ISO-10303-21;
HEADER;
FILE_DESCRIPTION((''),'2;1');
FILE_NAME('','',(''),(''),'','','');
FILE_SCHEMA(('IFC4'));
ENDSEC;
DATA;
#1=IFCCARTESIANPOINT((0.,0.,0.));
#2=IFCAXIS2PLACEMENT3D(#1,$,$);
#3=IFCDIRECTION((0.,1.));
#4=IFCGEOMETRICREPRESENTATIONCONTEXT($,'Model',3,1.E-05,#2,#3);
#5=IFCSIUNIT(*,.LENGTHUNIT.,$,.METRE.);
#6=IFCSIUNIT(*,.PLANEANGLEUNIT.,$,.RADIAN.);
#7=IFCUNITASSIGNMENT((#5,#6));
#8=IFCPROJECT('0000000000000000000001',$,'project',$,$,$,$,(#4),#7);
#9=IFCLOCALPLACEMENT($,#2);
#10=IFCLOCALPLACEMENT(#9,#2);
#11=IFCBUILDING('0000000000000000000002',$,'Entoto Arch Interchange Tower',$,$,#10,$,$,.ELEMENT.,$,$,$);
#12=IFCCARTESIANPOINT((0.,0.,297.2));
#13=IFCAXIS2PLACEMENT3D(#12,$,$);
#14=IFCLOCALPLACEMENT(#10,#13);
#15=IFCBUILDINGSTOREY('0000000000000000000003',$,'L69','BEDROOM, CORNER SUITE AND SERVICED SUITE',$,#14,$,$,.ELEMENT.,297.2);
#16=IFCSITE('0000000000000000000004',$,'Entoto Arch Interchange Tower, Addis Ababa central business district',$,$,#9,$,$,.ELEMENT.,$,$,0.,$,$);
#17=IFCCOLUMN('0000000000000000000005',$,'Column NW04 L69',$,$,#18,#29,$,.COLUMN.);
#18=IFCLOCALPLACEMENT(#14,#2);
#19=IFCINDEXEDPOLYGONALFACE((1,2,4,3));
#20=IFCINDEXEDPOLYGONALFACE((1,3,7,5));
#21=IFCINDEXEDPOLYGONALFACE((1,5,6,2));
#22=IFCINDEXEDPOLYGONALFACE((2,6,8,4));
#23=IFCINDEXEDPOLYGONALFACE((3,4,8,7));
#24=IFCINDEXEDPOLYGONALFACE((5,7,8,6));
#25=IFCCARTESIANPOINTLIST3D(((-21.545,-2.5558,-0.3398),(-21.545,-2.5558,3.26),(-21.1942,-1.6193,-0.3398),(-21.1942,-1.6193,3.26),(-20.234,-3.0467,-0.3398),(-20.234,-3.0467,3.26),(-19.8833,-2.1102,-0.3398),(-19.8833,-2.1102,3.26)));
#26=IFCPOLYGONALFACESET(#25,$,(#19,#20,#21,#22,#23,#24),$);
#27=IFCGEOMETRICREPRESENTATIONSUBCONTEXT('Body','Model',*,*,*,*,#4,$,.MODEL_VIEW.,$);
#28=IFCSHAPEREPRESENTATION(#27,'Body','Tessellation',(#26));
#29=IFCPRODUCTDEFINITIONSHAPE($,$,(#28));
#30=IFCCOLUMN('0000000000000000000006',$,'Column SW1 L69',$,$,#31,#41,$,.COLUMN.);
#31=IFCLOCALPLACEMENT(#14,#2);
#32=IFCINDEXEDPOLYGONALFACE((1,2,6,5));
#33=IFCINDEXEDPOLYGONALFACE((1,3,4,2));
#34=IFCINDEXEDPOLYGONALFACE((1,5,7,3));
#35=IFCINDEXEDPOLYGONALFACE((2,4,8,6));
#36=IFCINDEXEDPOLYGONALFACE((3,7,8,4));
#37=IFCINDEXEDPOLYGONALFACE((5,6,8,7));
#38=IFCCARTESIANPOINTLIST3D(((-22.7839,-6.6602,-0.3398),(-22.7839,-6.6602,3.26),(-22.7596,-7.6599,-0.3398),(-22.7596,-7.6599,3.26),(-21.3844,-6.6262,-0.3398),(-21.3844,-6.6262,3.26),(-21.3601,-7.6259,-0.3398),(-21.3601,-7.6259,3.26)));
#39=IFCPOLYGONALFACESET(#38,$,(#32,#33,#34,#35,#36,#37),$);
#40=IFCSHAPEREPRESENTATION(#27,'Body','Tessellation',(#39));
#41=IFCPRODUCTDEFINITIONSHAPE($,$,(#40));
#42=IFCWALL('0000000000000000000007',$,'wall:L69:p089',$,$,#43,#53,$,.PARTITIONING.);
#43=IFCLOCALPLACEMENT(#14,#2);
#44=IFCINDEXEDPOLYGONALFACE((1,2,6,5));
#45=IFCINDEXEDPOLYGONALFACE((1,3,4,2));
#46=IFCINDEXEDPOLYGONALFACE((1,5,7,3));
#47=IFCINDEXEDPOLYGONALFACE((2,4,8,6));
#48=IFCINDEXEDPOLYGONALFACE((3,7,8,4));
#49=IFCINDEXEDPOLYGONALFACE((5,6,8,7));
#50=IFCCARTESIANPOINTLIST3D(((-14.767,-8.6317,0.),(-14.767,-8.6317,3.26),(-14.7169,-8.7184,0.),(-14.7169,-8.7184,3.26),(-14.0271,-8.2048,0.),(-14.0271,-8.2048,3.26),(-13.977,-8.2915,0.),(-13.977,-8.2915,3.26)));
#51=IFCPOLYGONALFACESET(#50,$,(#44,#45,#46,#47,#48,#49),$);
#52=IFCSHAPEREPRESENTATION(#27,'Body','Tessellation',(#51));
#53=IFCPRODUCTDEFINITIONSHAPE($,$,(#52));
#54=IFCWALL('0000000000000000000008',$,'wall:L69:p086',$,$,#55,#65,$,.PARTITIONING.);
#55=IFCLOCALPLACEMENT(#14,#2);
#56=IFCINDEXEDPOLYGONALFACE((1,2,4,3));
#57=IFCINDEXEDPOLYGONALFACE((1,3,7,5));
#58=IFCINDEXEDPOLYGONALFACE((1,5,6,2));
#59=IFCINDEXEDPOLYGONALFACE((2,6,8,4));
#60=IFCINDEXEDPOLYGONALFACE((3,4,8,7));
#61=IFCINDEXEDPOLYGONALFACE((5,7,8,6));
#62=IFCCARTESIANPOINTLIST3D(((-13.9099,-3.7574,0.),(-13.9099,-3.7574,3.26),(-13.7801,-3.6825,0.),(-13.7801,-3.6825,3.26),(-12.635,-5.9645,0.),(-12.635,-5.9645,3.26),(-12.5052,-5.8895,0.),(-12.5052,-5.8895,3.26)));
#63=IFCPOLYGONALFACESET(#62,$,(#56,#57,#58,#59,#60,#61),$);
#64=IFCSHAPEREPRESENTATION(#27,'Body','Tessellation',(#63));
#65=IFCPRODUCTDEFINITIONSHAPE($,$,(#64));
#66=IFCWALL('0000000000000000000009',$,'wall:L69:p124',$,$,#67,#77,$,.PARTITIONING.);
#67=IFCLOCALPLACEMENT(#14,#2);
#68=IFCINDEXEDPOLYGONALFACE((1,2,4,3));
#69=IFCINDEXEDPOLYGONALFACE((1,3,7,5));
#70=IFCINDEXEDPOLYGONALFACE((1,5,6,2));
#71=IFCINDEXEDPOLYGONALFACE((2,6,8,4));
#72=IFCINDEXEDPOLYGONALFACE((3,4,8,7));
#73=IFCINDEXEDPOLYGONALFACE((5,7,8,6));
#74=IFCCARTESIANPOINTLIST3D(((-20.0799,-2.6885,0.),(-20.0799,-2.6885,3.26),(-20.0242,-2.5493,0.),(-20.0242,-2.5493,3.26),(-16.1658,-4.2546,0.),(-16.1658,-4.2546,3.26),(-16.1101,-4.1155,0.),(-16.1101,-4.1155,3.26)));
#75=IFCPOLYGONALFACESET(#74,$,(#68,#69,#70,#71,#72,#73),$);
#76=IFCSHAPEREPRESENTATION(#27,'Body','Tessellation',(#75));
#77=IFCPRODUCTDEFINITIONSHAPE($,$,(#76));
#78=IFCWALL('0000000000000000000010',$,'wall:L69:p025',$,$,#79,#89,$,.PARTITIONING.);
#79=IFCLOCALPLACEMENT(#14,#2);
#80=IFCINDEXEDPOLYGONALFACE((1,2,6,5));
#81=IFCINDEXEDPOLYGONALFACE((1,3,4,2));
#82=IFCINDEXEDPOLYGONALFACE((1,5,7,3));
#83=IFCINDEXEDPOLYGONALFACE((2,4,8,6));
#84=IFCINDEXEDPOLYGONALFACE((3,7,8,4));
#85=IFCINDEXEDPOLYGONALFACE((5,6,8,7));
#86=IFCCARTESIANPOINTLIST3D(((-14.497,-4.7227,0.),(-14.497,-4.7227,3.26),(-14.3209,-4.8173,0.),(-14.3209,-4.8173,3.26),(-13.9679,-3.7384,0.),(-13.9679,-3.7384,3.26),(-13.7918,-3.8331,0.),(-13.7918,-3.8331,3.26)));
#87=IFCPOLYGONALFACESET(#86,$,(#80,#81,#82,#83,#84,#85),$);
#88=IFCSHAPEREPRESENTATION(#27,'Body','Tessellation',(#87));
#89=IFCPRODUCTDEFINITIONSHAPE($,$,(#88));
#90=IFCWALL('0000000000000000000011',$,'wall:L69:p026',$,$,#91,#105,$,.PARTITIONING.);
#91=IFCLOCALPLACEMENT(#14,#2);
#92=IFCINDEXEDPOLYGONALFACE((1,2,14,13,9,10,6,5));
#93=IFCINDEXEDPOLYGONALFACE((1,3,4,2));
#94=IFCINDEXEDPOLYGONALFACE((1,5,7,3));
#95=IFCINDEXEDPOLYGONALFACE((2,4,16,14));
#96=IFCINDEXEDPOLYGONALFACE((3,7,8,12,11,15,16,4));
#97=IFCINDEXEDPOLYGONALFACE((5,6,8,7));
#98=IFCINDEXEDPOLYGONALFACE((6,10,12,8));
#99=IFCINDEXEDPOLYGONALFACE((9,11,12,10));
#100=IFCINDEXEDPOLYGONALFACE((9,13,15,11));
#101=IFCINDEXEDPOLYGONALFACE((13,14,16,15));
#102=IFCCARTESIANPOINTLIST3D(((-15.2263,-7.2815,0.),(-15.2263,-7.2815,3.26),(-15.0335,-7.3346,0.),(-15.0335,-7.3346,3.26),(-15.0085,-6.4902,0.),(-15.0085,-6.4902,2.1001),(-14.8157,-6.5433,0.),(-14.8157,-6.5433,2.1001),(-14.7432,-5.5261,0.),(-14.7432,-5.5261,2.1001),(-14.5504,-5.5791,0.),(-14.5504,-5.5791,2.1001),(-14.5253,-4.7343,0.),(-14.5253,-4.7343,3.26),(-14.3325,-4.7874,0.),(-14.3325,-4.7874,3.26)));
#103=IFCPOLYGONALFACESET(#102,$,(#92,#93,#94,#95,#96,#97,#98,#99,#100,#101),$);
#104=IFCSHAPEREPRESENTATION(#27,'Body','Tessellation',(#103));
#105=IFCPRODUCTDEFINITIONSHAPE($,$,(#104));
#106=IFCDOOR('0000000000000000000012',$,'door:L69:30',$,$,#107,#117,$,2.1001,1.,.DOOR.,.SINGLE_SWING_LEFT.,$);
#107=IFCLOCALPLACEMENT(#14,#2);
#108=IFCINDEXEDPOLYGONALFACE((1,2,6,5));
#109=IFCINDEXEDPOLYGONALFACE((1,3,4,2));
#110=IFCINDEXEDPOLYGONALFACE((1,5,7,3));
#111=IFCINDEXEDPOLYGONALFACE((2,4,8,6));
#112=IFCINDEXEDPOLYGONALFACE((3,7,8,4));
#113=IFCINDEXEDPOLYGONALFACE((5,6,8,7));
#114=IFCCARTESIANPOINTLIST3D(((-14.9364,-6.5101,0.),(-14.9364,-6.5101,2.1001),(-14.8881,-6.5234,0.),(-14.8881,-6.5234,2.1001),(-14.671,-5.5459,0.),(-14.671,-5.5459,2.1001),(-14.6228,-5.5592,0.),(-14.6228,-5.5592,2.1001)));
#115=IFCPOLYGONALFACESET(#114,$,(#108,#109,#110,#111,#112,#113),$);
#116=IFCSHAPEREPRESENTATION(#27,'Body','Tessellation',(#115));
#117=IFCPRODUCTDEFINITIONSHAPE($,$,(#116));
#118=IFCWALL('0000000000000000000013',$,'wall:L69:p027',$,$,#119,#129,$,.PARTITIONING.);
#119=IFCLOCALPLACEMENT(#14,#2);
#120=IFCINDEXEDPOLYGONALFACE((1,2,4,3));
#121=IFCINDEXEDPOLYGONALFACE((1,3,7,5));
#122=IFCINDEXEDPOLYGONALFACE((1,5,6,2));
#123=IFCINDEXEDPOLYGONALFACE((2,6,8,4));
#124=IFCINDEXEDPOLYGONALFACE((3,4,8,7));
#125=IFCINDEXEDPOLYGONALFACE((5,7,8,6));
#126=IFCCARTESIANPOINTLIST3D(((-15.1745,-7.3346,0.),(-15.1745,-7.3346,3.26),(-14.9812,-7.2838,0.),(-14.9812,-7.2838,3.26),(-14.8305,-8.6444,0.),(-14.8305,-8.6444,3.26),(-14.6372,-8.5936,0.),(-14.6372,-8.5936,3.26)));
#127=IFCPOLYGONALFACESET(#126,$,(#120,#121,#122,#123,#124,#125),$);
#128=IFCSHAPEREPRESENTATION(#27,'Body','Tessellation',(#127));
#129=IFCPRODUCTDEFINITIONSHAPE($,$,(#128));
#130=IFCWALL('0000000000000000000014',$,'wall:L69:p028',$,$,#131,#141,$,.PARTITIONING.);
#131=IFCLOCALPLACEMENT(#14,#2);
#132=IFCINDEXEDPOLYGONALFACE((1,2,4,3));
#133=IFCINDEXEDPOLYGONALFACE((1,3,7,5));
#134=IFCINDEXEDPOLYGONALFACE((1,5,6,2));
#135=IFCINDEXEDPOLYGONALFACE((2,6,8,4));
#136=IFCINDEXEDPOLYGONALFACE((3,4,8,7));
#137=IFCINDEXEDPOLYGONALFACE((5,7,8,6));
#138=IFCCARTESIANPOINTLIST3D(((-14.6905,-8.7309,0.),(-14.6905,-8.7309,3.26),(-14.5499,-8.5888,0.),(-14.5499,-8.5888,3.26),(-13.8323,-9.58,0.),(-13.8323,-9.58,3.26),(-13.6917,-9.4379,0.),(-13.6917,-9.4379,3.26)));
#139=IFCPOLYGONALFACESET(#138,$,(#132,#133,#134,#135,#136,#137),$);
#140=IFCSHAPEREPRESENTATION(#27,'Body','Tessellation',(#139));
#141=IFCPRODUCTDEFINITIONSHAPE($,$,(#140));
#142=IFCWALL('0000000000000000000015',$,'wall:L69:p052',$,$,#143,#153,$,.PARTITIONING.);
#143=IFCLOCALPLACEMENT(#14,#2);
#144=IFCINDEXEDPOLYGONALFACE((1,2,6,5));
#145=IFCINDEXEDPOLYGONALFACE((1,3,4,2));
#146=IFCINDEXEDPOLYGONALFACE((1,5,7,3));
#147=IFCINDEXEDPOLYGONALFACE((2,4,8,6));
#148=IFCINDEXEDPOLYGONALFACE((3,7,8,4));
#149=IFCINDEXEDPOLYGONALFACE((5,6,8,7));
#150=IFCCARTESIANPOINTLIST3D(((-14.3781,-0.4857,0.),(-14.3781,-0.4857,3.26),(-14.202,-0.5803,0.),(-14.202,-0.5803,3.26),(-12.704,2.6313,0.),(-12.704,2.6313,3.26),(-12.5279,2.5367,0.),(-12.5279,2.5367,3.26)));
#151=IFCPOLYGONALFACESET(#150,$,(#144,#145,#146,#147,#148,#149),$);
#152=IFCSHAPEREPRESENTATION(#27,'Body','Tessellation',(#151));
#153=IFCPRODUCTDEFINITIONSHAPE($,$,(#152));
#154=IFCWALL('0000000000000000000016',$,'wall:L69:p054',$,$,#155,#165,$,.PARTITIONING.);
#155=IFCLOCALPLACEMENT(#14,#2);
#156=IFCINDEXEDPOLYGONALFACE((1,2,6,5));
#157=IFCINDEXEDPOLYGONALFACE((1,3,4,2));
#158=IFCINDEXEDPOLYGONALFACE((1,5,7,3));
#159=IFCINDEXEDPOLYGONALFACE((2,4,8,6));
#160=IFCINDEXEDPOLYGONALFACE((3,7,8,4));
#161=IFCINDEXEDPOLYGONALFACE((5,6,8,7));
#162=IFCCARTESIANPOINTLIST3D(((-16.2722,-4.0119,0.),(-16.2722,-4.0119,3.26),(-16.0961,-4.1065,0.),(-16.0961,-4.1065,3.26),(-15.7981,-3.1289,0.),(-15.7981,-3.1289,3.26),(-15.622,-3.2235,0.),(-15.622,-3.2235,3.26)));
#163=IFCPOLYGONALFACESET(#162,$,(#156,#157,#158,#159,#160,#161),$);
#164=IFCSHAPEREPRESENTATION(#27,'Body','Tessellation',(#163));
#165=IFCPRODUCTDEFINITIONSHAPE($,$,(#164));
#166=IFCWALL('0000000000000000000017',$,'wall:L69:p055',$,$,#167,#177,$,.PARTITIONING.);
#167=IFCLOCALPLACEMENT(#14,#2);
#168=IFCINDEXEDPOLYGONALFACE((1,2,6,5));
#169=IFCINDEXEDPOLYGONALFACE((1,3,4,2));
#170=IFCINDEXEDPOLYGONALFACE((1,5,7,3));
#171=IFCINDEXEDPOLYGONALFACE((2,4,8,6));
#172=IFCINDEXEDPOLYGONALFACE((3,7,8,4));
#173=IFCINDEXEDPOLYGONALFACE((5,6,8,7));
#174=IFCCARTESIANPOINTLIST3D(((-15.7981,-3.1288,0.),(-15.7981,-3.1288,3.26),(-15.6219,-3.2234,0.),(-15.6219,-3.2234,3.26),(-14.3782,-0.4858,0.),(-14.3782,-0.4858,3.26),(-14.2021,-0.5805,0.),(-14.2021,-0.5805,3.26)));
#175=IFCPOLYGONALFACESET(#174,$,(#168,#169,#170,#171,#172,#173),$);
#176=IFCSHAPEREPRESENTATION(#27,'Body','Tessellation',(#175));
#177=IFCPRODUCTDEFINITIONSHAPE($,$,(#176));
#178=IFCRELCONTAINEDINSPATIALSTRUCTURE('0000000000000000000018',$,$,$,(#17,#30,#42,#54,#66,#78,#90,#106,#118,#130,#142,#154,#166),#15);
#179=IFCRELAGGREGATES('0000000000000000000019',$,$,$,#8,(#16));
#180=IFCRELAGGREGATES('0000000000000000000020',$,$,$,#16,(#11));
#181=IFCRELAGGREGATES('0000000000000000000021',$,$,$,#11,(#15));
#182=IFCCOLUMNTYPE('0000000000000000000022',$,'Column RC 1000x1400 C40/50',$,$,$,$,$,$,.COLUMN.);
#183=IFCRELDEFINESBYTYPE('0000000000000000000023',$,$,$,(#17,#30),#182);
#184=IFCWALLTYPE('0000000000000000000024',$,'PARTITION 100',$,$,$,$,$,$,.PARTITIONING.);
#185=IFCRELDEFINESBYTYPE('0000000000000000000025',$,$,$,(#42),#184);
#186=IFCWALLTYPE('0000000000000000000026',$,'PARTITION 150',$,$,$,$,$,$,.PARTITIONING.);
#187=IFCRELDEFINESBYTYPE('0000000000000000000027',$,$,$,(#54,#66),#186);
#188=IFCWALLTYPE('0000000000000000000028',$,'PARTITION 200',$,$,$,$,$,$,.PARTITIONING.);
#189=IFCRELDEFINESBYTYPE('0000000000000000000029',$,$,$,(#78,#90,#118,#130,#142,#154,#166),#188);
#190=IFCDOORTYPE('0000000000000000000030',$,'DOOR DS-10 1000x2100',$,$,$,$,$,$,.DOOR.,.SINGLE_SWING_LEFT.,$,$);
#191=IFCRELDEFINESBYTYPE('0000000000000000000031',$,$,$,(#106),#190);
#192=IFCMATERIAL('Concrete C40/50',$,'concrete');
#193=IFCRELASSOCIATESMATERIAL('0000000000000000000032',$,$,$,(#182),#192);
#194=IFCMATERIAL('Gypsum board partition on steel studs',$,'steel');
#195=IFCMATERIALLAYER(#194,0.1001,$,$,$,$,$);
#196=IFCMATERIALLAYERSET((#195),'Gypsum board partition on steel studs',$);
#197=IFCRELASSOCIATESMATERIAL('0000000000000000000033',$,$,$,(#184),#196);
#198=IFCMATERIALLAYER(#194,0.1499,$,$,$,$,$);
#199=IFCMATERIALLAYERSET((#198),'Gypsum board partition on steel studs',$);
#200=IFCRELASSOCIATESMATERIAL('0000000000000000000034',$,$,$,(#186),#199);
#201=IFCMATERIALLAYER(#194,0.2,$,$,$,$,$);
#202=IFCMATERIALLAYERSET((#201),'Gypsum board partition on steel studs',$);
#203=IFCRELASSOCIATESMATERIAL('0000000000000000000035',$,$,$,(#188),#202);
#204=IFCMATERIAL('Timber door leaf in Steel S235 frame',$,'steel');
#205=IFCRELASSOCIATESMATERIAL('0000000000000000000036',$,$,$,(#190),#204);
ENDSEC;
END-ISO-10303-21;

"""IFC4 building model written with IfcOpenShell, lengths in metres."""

from ifc_helpers import new_model, si_unit, direction, frame, frame_2d, origin, origin_2d, place, context, subcontext, project, spatial, rectangle, extrude, material, layer, layer_set, material_profile, profile_set, type_object, element, fill, save


model = new_model("IFC4")

# Units and contexts
model_context = context("Model", 3, precision=1e-05, world=origin(), true_north=direction((0.0, 1.0)))
body_context = subcontext(model_context, "Body", "Model", "MODEL_VIEW")
ifc_project = project(units=[si_unit("LENGTHUNIT", "METRE"), si_unit("PLANEANGLEUNIT", "RADIAN")], contexts=[model_context])

# Site, building, storey
site_placement = place(None, origin())
site = spatial("IfcSite", under=ifc_project, at=site_placement, Name="Entoto Arch Interchange Tower, Addis Ababa central business district", CompositionType="ELEMENT", RefElevation=0.0)
building_placement = place(site_placement, origin())
building = spatial("IfcBuilding", under=site, at=building_placement, Name="Entoto Arch Interchange Tower", CompositionType="ELEMENT")
storey_placement = place(building_placement, frame((0.0, 0.0, 297.2)))
storey = spatial("IfcBuildingStorey", under=building, at=storey_placement, Name="L69", Description="BEDROOM, CORNER SUITE AND SERVICED SUITE", CompositionType="ELEMENT", Elevation=297.2)

# Columns
ifc_material_1 = material(Name="Concrete C40/50", Category="concrete")
ifc_material_profile = material_profile(ifc_material_1, rectangle(XDim=1.0, YDim=1.3999, at=origin_2d()))
ifc_profile_set = profile_set([ifc_material_profile], Name="Concrete C40/50")
column_type = type_object("IfcColumnType", Name="Column RC 1000x1400 C40/50", PredefinedType="COLUMN", material=ifc_profile_set)
for number, where, z_axis, x_axis, name in (
    (1, (-20.7141, -2.333, -0.3398), (0.0, 0.0, 1.0), (0.350714, 0.936483, 0.0), "Column NW04 L69"),
    (2, (-22.072, -7.1431, -0.3398), (0.0, 0.0, 1.0), (-0.024258, 0.999706, 0.0), "Column SW1 L69"),
):
    element("IfcColumn", number, at=place(storey_placement, frame(where, z_axis=z_axis, x_axis=x_axis)), inside=storey, type_object=column_type, Name=name, PredefinedType="COLUMN", context=body_context, shape_type="SweptSolid", body=[
        extrude(rectangle(XDim=1.0, YDim=1.3999, at=origin_2d()), origin(), (0.0, 0.0, 1.0), 3.5999),
    ])

# Walls
ifc_material_2 = material(Name="Gypsum board partition on steel studs", Category="steel")
ifc_layer_1 = layer(ifc_material_2, 0.1001)
ifc_layer_set_1 = layer_set([ifc_layer_1], Name="Gypsum board partition on steel studs")
wall_type_1 = type_object("IfcWallType", Name="PARTITION 100", PredefinedType="PARTITIONING", material=ifc_layer_set_1)
wall_1_placement = place(storey_placement, frame((-14.002, -8.248, 0.0), z_axis=(0.0, 0.0, 1.0), x_axis=(-0.866143, -0.499797, 0.0)))
element("IfcWall", 3, at=wall_1_placement, inside=storey, type_object=wall_type_1, Name="wall:L69:p089", PredefinedType="PARTITIONING", context=body_context, shape_type="SweptSolid", body=[
    extrude(rectangle(XDim=0.8542, YDim=0.1001, at=frame_2d((0.4272, 0.0))), origin(), (0.0, 0.0, 1.0), 3.26),
])
ifc_layer_2 = layer(ifc_material_2, 0.1499)
ifc_layer_set_2 = layer_set([ifc_layer_2], Name="Gypsum board partition on steel studs")
wall_type_2 = type_object("IfcWallType", Name="PARTITION 150", PredefinedType="PARTITIONING", material=ifc_layer_set_2)
wall_2_placement = place(storey_placement, frame((-12.5701, -5.927, 0.0), z_axis=(0.0, 0.0, 1.0), x_axis=(-0.500198, 0.865911, 0.0)))
element("IfcWall", 4, at=wall_2_placement, inside=storey, type_object=wall_type_2, Name="wall:L69:p086", PredefinedType="PARTITIONING", context=body_context, shape_type="SweptSolid", body=[
    extrude(rectangle(XDim=2.5488, YDim=0.1499, at=frame_2d((1.2744, 0.0))), origin(), (0.0, 0.0, 1.0), 3.26),
])
wall_3_placement = place(storey_placement, frame((-16.1379, -4.1851, 0.0), z_axis=(0.0, 0.0, 1.0), x_axis=(-0.928433, 0.371501, 0.0)))
element("IfcWall", 5, at=wall_3_placement, inside=storey, type_object=wall_type_2, Name="wall:L69:p124", PredefinedType="PARTITIONING", context=body_context, shape_type="SweptSolid", body=[
    extrude(rectangle(XDim=4.2158, YDim=0.1499, at=frame_2d((2.1079, 0.0))), origin(), (0.0, 0.0, 1.0), 3.26),
])
ifc_layer_3 = layer(ifc_material_2, 0.2)
ifc_layer_set_3 = layer_set([ifc_layer_3], Name="Gypsum board partition on steel studs")
wall_type_3 = type_object("IfcWallType", Name="PARTITION 200", PredefinedType="PARTITIONING", material=ifc_layer_set_3)
wall_4_placement = place(storey_placement, frame((-13.8799, -3.7859, 0.0), z_axis=(0.0, 0.0, 1.0), x_axis=(-0.4735, -0.880794, 0.0)))
element("IfcWall", 6, at=wall_4_placement, inside=storey, type_object=wall_type_3, Name="wall:L69:p025", PredefinedType="PARTITIONING", context=body_context, shape_type="SweptSolid", body=[
    extrude(rectangle(XDim=1.1174, YDim=0.2, at=frame_2d((0.5586, 0.0))), origin(), (0.0, 0.0, 1.0), 3.26),
])

# Wall, opening, door
wall_5_placement = place(storey_placement, frame((-14.429, -4.761, 0.0), z_axis=(0.0, 0.0, 1.0), x_axis=(-0.265322, -0.96416, 0.0)))
wall_5 = element("IfcWall", 7, at=wall_5_placement, inside=storey, type_object=wall_type_3, Name="wall:L69:p026", PredefinedType="PARTITIONING", context=body_context, shape_type="SweptSolid", body=[
    extrude(rectangle(XDim=2.6418, YDim=0.2, at=frame_2d((1.3208, 0.0))), origin(), (0.0, 0.0, 1.0), 3.26),
])
opening_1_placement = place(wall_5_placement, frame((0.821, 0.0, 0.0)))
opening_1 = element("IfcOpeningElement", 8, at=opening_1_placement, cuts=wall_5, PredefinedType="OPENING", context=body_context, shape_type="SweptSolid", body=[
    extrude(rectangle(XDim=1.0, YDim=2.1001, at=frame_2d((0.5, 1.05))), frame((0.0, 0.1099, 0.0), z_axis=(0.0, -1.0, 0.0), x_axis=(1.0, 0.0, 0.0)), (0.0, 0.0, 1.0), 0.22),
])
ifc_material_3 = material(Name="Timber door leaf in Steel S235 frame", Category="steel")
door_type_1 = type_object("IfcDoorType", Name="DOOR DS-10 1000x2100", OperationType="SINGLE_SWING_LEFT", PredefinedType="DOOR", material=ifc_material_3)
door_1_placement = place(opening_1_placement, origin())
door_1 = element("IfcDoor", 9, at=door_1_placement, inside=storey, type_object=door_type_1, Name="door:L69:30", OperationType="SINGLE_SWING_LEFT", OverallHeight=2.1001, OverallWidth=1.0, PredefinedType="DOOR", context=body_context, shape_type="SweptSolid", body=[
    extrude(rectangle(XDim=1.0, YDim=2.1001, at=frame_2d((0.5, 1.05))), frame((0.0, 0.0249, 0.0), z_axis=(0.0, -1.0, 0.0), x_axis=(1.0, 0.0, 0.0)), (0.0, 0.0, 1.0), 0.05),
])
fill(opening_1, door_1)

# Walls
wall_6_placement = place(storey_placement, frame((-15.0779, -7.3091, 0.0), z_axis=(0.0, 0.0, 1.0), x_axis=(0.254014, -0.967201, 0.0)))
element("IfcWall", 10, at=wall_6_placement, inside=storey, type_object=wall_type_3, Name="wall:L69:p027", PredefinedType="PARTITIONING", context=body_context, shape_type="SweptSolid", body=[
    extrude(rectangle(XDim=1.3542, YDim=0.2, at=frame_2d((0.6772, 0.0))), origin(), (0.0, 0.0, 1.0), 3.26),
])
wall_7_placement = place(storey_placement, frame((-14.6201, -8.6599, 0.0), z_axis=(0.0, 0.0, 1.0), x_axis=(0.710838, -0.703356, 0.0)))
element("IfcWall", 11, at=wall_7_placement, inside=storey, type_object=wall_type_3, Name="wall:L69:p028", PredefinedType="PARTITIONING", context=body_context, shape_type="SweptSolid", body=[
    extrude(rectangle(XDim=1.2073, YDim=0.2, at=frame_2d((0.6035, 0.0))), origin(), (0.0, 0.0, 1.0), 3.26),
])
wall_8_placement = place(storey_placement, frame((-14.29, -0.533, 0.0), z_axis=(0.0, 0.0, 1.0), x_axis=(0.473161, 0.880976, 0.0)))
element("IfcWall", 12, at=wall_8_placement, inside=storey, type_object=wall_type_3, Name="wall:L69:p052", PredefinedType="PARTITIONING", context=body_context, shape_type="SweptSolid", body=[
    extrude(rectangle(XDim=3.5381, YDim=0.2, at=frame_2d((1.769, 0.0))), origin(), (0.0, 0.0, 1.0), 3.26),
])
wall_9_placement = place(storey_placement, frame((-16.1841, -4.0591, 0.0), z_axis=(0.0, 0.0, 1.0), x_axis=(0.473039, 0.881041, 0.0)))
element("IfcWall", 13, at=wall_9_placement, inside=storey, type_object=wall_type_3, Name="wall:L69:p054", PredefinedType="PARTITIONING", context=body_context, shape_type="SweptSolid", body=[
    extrude(rectangle(XDim=1.0022, YDim=0.2, at=frame_2d((0.501, 0.0))), origin(), (0.0, 0.0, 1.0), 3.26),
])
wall_10_placement = place(storey_placement, frame((-15.71, -3.176, 0.0), z_axis=(0.0, 0.0, 1.0), x_axis=(0.473255, 0.880925, 0.0)))
element("IfcWall", 14, at=wall_10_placement, inside=storey, type_object=wall_type_3, Name="wall:L69:p055", PredefinedType="PARTITIONING", context=body_context, shape_type="SweptSolid", body=[
    extrude(rectangle(XDim=3.0002, YDim=0.2, at=frame_2d((1.5, 0.0))), origin(), (0.0, 0.0, 1.0), 3.26),
])

save(model, "model.ifc")
